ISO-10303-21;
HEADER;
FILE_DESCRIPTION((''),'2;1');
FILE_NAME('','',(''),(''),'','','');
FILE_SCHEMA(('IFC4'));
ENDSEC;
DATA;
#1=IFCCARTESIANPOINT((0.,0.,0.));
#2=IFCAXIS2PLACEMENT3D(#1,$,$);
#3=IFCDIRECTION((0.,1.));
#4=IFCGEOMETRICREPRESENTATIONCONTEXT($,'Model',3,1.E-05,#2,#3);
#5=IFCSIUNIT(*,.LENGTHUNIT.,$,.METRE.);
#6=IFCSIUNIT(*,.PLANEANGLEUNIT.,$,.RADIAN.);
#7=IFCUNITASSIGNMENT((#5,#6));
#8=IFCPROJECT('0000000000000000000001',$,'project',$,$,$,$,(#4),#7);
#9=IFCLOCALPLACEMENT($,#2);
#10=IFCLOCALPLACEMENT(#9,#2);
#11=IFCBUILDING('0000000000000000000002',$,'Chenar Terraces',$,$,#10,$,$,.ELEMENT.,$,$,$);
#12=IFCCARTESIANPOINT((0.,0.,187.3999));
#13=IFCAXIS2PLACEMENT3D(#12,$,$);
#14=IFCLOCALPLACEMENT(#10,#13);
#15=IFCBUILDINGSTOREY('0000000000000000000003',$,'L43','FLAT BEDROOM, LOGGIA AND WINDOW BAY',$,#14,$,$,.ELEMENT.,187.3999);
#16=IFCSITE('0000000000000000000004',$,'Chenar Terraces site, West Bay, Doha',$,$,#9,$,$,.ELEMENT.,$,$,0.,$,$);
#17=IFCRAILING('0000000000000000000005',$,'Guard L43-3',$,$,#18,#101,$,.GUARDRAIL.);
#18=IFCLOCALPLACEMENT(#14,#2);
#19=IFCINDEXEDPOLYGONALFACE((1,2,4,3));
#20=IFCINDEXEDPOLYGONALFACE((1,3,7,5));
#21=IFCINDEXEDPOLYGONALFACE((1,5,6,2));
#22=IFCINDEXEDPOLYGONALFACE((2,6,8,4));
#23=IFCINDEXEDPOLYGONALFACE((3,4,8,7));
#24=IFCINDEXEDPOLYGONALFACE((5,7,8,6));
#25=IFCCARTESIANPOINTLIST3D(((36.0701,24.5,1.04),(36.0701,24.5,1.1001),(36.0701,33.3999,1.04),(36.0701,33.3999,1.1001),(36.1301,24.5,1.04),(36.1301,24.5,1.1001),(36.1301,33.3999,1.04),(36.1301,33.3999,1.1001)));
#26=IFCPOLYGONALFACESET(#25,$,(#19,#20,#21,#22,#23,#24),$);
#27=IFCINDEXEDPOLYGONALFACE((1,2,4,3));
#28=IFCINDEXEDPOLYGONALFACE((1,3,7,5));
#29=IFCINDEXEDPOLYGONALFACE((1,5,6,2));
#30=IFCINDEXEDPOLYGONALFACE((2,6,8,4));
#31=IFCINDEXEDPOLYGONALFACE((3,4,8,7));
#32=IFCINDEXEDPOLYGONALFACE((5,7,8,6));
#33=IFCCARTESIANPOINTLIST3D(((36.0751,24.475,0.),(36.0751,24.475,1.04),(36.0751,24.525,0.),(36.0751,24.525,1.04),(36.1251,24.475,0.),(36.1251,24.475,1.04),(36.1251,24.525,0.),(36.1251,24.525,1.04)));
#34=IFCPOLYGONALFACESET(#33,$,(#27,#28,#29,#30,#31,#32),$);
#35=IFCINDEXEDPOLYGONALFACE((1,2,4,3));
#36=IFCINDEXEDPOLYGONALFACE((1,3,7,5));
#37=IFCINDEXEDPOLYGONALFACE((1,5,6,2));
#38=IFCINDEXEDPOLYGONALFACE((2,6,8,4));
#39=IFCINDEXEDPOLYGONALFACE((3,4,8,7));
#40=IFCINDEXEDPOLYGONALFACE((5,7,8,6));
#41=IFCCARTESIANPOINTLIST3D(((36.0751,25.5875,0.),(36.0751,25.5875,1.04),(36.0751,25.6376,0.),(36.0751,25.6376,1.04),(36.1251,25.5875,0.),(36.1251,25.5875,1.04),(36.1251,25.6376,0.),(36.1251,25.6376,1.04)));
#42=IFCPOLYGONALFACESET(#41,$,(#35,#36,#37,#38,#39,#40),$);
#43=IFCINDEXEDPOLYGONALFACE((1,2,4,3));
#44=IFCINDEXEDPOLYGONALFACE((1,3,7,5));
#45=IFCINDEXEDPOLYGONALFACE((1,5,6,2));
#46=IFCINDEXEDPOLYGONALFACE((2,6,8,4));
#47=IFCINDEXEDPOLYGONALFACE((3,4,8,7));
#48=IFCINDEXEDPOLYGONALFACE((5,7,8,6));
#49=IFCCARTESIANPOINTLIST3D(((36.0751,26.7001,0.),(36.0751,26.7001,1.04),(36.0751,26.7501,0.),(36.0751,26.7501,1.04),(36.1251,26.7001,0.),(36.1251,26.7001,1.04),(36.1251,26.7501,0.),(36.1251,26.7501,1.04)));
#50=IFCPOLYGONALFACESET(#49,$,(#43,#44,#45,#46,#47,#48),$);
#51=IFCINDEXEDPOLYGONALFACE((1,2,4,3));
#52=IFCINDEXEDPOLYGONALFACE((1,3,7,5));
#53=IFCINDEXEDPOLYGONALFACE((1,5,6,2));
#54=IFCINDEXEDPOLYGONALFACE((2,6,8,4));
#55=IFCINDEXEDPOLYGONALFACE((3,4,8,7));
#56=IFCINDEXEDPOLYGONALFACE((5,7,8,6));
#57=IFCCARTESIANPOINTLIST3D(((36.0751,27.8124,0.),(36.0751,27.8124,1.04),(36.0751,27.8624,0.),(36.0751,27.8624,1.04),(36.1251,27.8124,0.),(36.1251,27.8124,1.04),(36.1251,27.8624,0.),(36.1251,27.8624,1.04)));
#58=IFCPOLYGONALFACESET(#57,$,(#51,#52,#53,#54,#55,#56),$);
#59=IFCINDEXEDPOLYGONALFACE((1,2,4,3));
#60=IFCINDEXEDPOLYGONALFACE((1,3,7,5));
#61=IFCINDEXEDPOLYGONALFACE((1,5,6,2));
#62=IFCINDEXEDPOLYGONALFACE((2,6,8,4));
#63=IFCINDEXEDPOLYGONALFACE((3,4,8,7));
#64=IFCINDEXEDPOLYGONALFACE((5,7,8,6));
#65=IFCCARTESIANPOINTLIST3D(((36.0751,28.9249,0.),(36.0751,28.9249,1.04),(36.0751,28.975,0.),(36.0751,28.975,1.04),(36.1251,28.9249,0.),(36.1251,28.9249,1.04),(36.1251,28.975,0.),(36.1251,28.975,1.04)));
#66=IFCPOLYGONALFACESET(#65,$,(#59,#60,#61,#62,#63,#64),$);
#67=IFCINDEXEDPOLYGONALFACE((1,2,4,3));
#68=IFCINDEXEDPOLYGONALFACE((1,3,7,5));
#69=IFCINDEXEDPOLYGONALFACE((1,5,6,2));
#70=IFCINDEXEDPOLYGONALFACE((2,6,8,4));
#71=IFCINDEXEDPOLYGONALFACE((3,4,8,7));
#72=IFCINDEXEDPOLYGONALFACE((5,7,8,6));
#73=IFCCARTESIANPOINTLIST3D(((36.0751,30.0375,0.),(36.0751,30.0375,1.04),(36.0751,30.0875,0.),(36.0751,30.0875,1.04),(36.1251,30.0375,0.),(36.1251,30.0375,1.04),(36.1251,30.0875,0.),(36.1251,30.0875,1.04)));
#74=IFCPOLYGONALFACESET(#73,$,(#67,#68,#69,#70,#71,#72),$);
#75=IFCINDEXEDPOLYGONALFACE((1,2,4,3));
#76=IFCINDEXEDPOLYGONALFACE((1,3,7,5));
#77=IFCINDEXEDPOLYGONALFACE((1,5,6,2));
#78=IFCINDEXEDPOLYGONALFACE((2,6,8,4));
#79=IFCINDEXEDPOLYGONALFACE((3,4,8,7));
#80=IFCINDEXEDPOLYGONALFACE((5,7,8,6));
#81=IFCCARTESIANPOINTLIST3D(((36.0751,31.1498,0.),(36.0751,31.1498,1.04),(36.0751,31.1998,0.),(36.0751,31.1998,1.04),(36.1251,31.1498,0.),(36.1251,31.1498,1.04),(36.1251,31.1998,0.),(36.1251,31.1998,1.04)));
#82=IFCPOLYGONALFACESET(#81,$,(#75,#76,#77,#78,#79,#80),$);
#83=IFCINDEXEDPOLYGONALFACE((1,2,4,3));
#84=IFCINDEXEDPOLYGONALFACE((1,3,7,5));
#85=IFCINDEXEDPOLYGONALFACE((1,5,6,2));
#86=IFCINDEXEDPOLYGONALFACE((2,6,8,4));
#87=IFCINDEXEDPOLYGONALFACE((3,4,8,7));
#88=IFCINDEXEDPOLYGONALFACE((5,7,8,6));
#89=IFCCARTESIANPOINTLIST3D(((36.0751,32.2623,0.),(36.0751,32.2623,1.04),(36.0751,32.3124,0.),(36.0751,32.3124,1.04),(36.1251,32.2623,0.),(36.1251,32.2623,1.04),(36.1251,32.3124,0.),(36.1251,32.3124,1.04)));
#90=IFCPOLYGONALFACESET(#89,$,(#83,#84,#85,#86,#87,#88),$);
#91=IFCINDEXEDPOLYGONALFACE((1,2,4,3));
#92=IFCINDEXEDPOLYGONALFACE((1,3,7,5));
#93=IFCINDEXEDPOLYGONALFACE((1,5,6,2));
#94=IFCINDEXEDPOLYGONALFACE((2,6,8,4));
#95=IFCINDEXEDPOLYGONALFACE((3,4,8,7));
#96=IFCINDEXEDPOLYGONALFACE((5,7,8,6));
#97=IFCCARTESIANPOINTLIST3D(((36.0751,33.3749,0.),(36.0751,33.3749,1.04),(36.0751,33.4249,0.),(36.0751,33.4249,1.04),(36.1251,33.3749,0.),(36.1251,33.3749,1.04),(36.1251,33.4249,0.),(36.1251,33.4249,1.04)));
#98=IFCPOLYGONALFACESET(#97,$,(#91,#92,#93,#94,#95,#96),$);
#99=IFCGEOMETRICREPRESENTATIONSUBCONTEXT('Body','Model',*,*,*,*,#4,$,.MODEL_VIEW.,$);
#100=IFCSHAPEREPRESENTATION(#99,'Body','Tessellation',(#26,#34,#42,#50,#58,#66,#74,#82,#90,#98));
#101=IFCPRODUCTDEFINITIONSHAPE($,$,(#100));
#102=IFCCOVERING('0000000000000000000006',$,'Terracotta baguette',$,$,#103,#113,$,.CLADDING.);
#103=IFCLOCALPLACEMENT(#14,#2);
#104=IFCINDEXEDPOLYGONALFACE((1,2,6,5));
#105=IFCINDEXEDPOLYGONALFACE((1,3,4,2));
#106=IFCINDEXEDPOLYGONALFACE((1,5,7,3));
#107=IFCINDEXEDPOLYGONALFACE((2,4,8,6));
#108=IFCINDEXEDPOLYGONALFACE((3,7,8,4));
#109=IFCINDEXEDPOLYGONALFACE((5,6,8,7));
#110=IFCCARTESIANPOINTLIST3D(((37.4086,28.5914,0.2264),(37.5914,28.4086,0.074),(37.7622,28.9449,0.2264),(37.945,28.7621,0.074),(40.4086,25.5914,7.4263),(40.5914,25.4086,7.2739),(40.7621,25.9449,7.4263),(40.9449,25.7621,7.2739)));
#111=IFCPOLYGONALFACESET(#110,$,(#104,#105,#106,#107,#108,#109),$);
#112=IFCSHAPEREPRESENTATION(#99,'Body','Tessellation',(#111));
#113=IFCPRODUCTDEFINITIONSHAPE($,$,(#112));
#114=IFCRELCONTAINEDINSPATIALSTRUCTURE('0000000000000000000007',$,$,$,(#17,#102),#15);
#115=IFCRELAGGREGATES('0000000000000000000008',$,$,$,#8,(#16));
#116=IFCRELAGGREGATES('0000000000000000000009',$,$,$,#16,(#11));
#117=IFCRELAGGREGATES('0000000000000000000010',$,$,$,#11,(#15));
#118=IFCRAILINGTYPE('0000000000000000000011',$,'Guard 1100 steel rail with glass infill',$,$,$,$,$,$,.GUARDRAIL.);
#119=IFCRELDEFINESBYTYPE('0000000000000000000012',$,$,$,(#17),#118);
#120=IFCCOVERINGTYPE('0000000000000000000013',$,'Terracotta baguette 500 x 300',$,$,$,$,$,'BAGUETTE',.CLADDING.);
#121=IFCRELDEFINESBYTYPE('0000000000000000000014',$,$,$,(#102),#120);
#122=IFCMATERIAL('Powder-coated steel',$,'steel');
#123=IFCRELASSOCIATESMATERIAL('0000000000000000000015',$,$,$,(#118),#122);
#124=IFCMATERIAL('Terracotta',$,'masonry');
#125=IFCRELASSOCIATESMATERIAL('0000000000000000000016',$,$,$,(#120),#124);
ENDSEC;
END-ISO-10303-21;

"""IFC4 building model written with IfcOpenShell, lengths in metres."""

from ifc_helpers import new_model, si_unit, direction, frame, origin, origin_2d, place, context, subcontext, project, spatial, rectangle, extrude, material, material_profile, profile_set, type_object, element, save


model = new_model("IFC4")

# Units and contexts
model_context = context("Model", 3, precision=1e-05, world=origin(), true_north=direction((0.0, 1.0)))
body_context = subcontext(model_context, "Body", "Model", "MODEL_VIEW")
ifc_project = project(units=[si_unit("LENGTHUNIT", "METRE"), si_unit("PLANEANGLEUNIT", "RADIAN")], contexts=[model_context])

# Site, building, storey
site_placement = place(None, origin())
site = spatial("IfcSite", under=ifc_project, at=site_placement, Name="Chenar Terraces site, West Bay, Doha", CompositionType="ELEMENT", RefElevation=0.0)
building_placement = place(site_placement, origin())
building = spatial("IfcBuilding", under=site, at=building_placement, Name="Chenar Terraces", CompositionType="ELEMENT")
storey_placement = place(building_placement, frame((0.0, 0.0, 187.3999)))
storey = spatial("IfcBuildingStorey", under=building, at=storey_placement, Name="L43", Description="FLAT BEDROOM, LOGGIA AND WINDOW BAY", CompositionType="ELEMENT", Elevation=187.3999)

# Railing
ifc_material_1 = material(Name="Powder-coated steel", Category="steel")
railing_type = type_object("IfcRailingType", Name="Guard 1100 steel rail with glass infill", PredefinedType="GUARDRAIL", material=ifc_material_1)
railing_placement = place(storey_placement, frame((36.1001, 24.5, 0.0)))
element("IfcRailing", 1, at=railing_placement, inside=storey, type_object=railing_type, Name="Guard L43-3", PredefinedType="GUARDRAIL", context=body_context, shape_type="SweptSolid", body=[
    extrude(rectangle(XDim=0.0601, YDim=0.0601, at=origin_2d()), frame((0.0, 0.0, 1.0701), z_axis=(0.0, 1.0, 0.0), x_axis=(-1.0, 0.0, 0.0)), (0.0, 0.0, 1.0), 8.8999),
    extrude(rectangle(XDim=0.05, YDim=0.05, at=origin_2d()), origin(), (0.0, 0.0, 1.0), 1.04),
    extrude(rectangle(XDim=0.05, YDim=0.05, at=origin_2d()), frame((0.0, 1.1125, 0.0)), (0.0, 0.0, 1.0), 1.04),
    extrude(rectangle(XDim=0.05, YDim=0.05, at=origin_2d()), frame((0.0, 2.2251, 0.0)), (0.0, 0.0, 1.0), 1.04),
    extrude(rectangle(XDim=0.05, YDim=0.05, at=origin_2d()), frame((0.0, 3.3374, 0.0)), (0.0, 0.0, 1.0), 1.04),
    extrude(rectangle(XDim=0.05, YDim=0.05, at=origin_2d()), frame((0.0, 4.45, 0.0)), (0.0, 0.0, 1.0), 1.04),
    extrude(rectangle(XDim=0.05, YDim=0.05, at=origin_2d()), frame((0.0, 5.5625, 0.0)), (0.0, 0.0, 1.0), 1.04),
    extrude(rectangle(XDim=0.05, YDim=0.05, at=origin_2d()), frame((0.0, 6.6748, 0.0)), (0.0, 0.0, 1.0), 1.04),
    extrude(rectangle(XDim=0.05, YDim=0.05, at=origin_2d()), frame((0.0, 7.7874, 0.0)), (0.0, 0.0, 1.0), 1.04),
    extrude(rectangle(XDim=0.05, YDim=0.05, at=origin_2d()), frame((0.0, 8.8999, 0.0)), (0.0, 0.0, 1.0), 1.04),
])

# Covering
ifc_material_2 = material(Name="Terracotta", Category="masonry")
ifc_material_profile_1 = material_profile(ifc_material_2, rectangle(XDim=0.5, YDim=0.3, at=origin_2d()), Name="Terracotta baguette 500 x 300")
ifc_profile_set_1 = profile_set([ifc_material_profile_1], Name="Terracotta")
covering_type = type_object("IfcCoveringType", Name="Terracotta baguette 500 x 300", ElementType="BAGUETTE", PredefinedType="CLADDING", material=ifc_profile_set_1)
covering_placement = place(storey_placement, frame((40.6768, 25.6768, 7.3501), z_axis=(-0.358981, 0.358981, -0.861548), x_axis=(-0.707107, -0.707107, 0.0)))
element("IfcCovering", 2, at=covering_placement, inside=storey, type_object=covering_type, Name="Terracotta baguette", PredefinedType="CLADDING", context=body_context, shape_type="SweptSolid", body=[
    extrude(rectangle(XDim=0.5, YDim=0.3, at=origin_2d()), origin(), (0.0, 0.0, 1.0), 8.3569),
])

save(model, "model.ifc")
